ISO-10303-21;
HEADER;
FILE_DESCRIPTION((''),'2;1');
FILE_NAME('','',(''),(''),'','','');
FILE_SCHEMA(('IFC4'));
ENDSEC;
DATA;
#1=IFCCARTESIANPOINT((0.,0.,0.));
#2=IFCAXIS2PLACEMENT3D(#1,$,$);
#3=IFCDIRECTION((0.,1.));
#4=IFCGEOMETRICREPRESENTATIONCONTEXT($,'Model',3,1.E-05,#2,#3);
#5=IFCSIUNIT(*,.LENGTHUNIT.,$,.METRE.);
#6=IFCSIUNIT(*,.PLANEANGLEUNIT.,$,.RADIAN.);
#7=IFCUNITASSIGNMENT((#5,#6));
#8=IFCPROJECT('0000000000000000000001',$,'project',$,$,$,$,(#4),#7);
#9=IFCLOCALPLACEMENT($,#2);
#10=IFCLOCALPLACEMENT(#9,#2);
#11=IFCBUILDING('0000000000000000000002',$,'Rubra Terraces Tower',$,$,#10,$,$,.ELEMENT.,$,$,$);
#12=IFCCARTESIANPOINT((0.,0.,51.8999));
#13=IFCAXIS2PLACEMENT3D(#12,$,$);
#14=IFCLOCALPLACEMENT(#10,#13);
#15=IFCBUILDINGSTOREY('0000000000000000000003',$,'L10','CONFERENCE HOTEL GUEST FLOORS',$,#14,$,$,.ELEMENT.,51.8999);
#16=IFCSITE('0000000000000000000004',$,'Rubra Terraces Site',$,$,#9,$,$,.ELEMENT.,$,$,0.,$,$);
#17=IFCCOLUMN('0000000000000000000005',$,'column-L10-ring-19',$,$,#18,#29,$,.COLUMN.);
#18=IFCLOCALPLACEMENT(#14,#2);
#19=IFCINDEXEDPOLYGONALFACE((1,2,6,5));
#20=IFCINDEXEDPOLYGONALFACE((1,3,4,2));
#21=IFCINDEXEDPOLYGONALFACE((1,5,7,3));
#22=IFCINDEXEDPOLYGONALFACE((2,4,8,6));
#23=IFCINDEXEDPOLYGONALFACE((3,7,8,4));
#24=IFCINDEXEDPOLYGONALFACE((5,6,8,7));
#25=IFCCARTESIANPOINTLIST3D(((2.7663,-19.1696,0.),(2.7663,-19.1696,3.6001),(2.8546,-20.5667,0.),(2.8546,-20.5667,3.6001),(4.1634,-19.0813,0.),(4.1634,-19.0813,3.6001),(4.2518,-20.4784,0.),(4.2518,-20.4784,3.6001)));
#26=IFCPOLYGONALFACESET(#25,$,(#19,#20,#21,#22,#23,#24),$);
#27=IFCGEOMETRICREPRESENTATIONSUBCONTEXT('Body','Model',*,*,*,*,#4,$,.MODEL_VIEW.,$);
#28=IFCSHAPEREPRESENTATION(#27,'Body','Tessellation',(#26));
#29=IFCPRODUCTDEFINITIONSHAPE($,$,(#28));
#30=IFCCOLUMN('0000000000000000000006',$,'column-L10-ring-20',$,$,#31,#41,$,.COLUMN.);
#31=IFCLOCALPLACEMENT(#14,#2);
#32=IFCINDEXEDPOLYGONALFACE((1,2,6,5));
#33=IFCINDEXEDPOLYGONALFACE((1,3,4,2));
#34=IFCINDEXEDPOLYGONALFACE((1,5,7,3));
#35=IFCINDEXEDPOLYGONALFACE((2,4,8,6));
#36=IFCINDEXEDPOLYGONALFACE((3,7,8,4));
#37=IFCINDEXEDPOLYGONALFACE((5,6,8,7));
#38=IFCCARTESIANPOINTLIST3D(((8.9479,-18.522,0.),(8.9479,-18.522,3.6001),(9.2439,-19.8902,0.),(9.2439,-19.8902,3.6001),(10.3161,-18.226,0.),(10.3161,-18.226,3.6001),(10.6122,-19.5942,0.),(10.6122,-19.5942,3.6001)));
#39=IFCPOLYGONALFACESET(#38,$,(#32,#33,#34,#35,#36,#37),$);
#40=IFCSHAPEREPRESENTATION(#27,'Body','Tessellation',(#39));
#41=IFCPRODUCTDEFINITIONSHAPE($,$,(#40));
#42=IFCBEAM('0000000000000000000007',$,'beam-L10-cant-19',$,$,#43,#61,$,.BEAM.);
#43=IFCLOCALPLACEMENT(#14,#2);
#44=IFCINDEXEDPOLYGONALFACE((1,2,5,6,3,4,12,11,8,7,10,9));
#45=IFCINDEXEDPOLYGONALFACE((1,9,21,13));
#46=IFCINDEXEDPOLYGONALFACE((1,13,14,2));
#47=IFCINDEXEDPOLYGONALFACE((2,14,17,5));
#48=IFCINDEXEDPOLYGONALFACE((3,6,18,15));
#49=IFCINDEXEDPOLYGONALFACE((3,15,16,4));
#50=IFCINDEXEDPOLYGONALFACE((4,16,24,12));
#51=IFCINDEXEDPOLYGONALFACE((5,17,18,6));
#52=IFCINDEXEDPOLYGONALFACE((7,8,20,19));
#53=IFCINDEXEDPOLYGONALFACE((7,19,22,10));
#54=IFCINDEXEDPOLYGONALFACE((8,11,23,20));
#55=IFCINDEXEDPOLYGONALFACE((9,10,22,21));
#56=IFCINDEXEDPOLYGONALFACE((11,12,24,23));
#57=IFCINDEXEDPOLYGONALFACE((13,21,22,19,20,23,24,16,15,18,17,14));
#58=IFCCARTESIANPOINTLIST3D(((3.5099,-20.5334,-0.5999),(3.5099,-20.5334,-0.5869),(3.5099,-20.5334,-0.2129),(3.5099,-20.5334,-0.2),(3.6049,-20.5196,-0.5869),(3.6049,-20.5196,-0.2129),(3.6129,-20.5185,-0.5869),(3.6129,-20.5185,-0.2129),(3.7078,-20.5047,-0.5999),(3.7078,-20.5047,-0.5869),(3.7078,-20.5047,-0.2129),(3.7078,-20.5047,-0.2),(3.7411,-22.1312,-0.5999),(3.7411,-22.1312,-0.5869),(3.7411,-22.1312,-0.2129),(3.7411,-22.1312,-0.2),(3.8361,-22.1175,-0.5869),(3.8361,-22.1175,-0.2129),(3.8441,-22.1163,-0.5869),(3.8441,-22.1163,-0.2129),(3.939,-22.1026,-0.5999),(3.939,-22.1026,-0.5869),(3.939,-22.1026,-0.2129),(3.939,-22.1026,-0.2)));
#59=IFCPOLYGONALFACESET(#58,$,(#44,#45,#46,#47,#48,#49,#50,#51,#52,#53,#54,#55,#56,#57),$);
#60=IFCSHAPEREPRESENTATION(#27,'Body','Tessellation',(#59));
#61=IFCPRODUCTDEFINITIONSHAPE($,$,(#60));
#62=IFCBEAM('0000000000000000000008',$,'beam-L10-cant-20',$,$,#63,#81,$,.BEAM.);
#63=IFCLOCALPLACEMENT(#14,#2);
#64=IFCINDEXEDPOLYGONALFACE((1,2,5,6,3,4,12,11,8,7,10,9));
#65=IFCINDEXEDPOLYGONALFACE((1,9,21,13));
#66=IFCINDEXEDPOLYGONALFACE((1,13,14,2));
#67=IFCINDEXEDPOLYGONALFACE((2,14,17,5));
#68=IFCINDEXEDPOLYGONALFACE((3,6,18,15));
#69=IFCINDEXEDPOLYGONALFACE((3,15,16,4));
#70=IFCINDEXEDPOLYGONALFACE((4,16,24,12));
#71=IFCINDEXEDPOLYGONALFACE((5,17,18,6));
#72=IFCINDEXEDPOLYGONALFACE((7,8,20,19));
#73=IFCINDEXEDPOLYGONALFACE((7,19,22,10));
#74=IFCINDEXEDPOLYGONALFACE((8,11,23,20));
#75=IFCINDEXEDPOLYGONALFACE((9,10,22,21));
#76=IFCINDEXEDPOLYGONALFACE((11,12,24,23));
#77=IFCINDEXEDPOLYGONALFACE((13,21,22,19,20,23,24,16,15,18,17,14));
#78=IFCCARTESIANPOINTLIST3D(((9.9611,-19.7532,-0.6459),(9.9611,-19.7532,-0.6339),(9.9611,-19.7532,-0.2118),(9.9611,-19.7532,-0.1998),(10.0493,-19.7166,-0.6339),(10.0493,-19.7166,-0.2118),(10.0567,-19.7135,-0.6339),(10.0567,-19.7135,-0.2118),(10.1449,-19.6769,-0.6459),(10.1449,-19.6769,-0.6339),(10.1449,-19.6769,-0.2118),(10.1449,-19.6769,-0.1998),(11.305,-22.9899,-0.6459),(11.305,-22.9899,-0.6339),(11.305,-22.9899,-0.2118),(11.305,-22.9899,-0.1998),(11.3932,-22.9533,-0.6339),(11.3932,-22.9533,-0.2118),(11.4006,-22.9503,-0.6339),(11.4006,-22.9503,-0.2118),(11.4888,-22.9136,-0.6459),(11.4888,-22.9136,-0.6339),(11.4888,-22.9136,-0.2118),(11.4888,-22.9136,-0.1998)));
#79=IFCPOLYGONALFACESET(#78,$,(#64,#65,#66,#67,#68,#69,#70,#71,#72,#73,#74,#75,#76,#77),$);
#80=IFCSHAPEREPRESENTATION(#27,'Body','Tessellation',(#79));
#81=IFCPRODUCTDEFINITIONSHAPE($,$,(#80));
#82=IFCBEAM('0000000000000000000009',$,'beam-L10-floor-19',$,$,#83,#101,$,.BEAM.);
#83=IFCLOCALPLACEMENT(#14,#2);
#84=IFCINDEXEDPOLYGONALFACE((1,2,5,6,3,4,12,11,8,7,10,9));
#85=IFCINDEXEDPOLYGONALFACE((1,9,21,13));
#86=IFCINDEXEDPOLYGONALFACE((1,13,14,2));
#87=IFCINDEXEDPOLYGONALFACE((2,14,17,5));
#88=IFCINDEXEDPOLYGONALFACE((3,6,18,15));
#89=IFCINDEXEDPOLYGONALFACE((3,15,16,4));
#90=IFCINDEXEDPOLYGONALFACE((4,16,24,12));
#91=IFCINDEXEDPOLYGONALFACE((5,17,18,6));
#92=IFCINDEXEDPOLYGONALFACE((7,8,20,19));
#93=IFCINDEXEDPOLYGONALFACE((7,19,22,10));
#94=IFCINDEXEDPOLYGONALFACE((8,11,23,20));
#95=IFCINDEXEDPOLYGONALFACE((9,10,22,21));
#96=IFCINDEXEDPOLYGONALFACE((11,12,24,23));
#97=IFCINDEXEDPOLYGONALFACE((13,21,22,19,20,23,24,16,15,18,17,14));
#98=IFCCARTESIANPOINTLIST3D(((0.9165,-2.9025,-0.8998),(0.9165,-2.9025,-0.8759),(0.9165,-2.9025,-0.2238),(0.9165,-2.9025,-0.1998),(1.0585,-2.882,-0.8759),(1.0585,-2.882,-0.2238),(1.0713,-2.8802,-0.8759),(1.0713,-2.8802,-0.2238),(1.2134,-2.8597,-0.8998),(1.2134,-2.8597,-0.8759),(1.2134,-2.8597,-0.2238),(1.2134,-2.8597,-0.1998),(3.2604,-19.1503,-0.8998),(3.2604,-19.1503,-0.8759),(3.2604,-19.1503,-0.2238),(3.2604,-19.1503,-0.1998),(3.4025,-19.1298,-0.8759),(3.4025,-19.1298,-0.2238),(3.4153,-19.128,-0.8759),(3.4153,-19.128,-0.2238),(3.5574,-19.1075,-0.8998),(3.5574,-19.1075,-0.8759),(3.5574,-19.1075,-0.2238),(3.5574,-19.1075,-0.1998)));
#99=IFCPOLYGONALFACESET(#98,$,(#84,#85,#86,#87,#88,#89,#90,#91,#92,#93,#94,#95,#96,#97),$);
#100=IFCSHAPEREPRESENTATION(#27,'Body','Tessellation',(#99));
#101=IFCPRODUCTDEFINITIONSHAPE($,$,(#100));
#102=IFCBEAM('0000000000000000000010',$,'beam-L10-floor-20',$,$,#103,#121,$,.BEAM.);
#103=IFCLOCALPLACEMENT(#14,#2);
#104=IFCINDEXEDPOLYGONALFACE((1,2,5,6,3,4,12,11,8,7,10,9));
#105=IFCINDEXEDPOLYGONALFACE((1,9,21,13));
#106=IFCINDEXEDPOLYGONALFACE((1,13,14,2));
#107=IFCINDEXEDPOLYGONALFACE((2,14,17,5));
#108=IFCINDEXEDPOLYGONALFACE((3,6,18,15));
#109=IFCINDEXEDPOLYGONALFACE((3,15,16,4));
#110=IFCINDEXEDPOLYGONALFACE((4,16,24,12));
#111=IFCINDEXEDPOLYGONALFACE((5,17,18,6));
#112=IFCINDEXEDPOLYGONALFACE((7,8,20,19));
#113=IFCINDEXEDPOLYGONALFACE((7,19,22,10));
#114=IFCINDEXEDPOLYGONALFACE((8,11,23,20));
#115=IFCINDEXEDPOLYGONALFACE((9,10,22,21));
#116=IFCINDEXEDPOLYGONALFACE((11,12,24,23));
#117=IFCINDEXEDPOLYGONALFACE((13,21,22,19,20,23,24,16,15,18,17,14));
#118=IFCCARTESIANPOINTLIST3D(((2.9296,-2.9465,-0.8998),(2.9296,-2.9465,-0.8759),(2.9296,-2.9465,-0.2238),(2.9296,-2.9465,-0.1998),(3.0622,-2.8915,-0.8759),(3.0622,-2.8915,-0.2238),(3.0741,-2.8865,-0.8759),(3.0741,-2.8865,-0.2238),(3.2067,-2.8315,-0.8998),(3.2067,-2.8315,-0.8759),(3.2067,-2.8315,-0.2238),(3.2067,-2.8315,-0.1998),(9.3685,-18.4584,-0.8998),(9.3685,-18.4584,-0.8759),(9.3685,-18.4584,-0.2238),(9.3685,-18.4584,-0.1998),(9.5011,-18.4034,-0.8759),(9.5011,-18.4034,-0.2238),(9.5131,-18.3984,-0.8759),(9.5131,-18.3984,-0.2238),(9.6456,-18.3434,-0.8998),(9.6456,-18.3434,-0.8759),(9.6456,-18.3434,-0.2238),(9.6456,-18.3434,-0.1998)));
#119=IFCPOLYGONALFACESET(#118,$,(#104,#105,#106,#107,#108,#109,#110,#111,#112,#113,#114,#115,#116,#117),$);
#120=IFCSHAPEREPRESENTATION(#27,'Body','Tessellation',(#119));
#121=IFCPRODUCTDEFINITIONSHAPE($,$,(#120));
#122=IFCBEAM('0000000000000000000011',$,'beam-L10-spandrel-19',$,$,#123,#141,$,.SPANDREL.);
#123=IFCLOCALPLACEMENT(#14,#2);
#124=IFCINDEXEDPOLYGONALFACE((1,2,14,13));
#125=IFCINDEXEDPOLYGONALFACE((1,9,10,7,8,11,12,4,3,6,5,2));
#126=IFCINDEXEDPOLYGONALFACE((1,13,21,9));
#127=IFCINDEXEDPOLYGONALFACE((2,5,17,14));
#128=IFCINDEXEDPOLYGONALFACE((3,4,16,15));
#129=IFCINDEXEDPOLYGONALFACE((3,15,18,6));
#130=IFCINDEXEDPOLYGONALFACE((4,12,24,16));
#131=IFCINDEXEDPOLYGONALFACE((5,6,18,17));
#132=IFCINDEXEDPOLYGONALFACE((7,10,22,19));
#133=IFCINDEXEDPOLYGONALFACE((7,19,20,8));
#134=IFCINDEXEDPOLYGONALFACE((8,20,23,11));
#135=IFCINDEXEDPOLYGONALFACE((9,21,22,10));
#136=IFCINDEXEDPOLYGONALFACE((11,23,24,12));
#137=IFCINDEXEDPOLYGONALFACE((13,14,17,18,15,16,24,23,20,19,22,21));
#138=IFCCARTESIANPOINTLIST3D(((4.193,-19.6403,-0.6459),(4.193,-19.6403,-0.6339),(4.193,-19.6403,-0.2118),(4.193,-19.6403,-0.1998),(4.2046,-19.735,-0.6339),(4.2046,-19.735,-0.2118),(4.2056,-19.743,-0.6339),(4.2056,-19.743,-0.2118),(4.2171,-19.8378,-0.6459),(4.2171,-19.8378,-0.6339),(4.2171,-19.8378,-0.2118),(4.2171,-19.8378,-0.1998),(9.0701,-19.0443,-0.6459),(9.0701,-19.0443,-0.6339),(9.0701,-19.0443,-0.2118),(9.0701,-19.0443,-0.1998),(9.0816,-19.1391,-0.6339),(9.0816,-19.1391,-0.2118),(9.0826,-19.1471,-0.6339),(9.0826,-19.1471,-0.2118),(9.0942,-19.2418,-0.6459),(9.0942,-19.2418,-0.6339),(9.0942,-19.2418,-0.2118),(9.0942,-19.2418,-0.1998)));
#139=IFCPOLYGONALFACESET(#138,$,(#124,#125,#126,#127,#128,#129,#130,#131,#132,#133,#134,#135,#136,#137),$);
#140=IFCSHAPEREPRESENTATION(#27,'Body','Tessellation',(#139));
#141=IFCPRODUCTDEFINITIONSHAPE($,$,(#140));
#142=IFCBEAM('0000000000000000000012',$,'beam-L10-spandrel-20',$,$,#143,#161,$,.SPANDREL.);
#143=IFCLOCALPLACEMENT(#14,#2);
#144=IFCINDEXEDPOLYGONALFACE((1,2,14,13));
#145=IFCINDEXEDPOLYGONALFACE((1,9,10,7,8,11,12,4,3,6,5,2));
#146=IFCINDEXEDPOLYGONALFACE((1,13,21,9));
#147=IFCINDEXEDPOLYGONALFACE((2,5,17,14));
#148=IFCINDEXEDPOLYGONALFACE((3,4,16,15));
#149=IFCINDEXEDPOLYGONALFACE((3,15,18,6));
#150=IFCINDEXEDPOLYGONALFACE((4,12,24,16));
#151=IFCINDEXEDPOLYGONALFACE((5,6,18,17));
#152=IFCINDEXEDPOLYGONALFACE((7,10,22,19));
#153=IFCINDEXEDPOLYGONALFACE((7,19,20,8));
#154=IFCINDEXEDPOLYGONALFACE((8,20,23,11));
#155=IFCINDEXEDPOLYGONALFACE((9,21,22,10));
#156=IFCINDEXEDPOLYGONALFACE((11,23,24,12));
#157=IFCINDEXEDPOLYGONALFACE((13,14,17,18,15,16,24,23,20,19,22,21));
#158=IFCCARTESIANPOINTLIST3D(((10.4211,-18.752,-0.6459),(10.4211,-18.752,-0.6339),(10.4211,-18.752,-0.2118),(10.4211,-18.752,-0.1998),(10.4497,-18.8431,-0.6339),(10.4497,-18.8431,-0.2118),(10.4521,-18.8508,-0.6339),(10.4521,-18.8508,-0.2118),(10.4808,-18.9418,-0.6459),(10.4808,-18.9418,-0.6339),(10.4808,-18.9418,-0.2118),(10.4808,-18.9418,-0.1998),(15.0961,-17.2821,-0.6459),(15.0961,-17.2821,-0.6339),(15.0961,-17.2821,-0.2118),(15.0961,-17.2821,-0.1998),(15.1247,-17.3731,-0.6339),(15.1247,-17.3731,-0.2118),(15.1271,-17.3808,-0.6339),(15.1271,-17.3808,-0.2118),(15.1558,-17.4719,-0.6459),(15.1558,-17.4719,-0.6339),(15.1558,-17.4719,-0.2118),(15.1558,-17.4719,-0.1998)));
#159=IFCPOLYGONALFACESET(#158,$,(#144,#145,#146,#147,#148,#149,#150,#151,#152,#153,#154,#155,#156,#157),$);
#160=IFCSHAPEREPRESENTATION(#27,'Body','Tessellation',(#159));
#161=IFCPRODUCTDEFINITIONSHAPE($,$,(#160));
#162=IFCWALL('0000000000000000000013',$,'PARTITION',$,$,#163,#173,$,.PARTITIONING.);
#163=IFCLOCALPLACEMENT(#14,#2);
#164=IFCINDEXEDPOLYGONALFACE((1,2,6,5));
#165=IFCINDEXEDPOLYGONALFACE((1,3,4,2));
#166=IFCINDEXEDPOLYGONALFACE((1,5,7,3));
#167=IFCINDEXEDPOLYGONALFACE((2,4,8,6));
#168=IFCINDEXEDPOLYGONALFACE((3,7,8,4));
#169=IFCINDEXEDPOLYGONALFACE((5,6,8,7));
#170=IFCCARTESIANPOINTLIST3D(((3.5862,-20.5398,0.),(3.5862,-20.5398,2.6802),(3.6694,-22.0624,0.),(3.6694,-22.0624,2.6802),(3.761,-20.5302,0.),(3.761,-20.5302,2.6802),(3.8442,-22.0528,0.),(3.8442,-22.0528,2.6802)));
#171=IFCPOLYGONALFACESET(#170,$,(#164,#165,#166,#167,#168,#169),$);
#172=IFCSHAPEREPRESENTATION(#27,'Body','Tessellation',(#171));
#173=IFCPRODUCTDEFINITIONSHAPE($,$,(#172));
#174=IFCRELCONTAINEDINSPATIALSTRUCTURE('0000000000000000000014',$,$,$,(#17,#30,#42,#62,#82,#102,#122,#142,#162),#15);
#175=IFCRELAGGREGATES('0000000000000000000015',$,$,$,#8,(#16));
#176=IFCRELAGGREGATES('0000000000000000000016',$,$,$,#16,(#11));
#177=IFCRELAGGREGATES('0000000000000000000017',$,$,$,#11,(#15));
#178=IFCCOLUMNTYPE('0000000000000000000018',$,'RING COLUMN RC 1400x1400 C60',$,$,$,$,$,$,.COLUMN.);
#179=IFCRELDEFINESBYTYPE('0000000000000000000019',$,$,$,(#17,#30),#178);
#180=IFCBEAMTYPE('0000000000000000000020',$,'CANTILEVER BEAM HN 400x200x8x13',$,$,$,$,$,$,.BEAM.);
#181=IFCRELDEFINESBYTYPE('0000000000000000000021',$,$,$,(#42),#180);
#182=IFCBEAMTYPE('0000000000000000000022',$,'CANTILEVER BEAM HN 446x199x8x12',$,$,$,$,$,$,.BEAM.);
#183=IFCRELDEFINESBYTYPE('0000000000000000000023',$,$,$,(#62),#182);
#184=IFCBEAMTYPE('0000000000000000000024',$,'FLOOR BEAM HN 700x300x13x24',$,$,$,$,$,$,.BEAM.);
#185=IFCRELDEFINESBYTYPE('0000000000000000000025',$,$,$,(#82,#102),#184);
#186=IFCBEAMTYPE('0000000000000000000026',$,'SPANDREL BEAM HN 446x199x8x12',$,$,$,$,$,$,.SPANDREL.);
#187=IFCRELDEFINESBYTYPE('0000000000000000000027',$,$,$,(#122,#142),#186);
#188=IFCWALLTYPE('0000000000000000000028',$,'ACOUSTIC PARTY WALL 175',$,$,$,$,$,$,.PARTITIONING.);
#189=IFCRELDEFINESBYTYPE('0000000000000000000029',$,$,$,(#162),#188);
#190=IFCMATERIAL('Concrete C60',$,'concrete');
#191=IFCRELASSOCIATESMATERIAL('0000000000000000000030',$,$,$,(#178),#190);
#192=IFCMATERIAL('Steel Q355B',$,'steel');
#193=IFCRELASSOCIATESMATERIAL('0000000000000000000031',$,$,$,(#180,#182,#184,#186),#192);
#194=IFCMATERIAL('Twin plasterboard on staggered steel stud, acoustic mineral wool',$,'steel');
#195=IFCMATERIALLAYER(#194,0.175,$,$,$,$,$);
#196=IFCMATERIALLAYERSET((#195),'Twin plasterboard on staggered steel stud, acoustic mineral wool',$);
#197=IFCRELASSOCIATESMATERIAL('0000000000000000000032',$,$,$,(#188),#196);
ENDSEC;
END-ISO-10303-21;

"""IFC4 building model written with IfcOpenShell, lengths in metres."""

from ifc_helpers import new_model, si_unit, direction, frame, frame_2d, origin, origin_2d, place, context, subcontext, project, spatial, rectangle, i_section, extrude, material, layer, layer_set, material_profile, profile_set, type_object, element, save


model = new_model("IFC4")

# Units and contexts
model_context = context("Model", 3, precision=1e-05, world=origin(), true_north=direction((0.0, 1.0)))
body_context = subcontext(model_context, "Body", "Model", "MODEL_VIEW")
ifc_project = project(units=[si_unit("LENGTHUNIT", "METRE"), si_unit("PLANEANGLEUNIT", "RADIAN")], contexts=[model_context])

# Site, building, storey
site_placement = place(None, origin())
site = spatial("IfcSite", under=ifc_project, at=site_placement, Name="Rubra Terraces Site", CompositionType="ELEMENT", RefElevation=0.0)
building_placement = place(site_placement, origin())
building = spatial("IfcBuilding", under=site, at=building_placement, Name="Rubra Terraces Tower", CompositionType="ELEMENT")
storey_placement = place(building_placement, frame((0.0, 0.0, 51.8999)))
storey = spatial("IfcBuildingStorey", under=building, at=storey_placement, Name="L10", Description="CONFERENCE HOTEL GUEST FLOORS", CompositionType="ELEMENT", Elevation=51.8999)

# Columns
ifc_material_1 = material(Name="Concrete C60", Category="concrete")
ifc_material_profile_1 = material_profile(ifc_material_1, rectangle(XDim=1.3999, YDim=1.3999, at=origin_2d()), Name="RC 1400x1400")
ifc_profile_set_1 = profile_set([ifc_material_profile_1], Name="Concrete C60")
column_type = type_object("IfcColumnType", Name="RING COLUMN RC 1400x1400 C60", PredefinedType="COLUMN", material=ifc_profile_set_1)
for number, where, z_axis, x_axis, name in (
    (1, (3.509, -19.824, 0.0), (0.0, 0.0, 1.0), (0.998008, 0.063094, 0.0), "column-L10-ring-19"),
    (2, (9.78, -19.0581, 0.0), (0.0, 0.0, 1.0), (0.977386, 0.211462, 0.0), "column-L10-ring-20"),
):
    element("IfcColumn", number, at=place(storey_placement, frame(where, z_axis=z_axis, x_axis=x_axis)), inside=storey, type_object=column_type, Name=name, PredefinedType="COLUMN", context=body_context, shape_type="SweptSolid", body=[
        extrude(rectangle(XDim=1.3999, YDim=1.3999, at=origin_2d()), origin(), (0.0, 0.0, 1.0), 3.6001),
    ])

# Beams
ifc_material_2 = material(Name="Steel Q355B", Category="steel")
ifc_material_profile_2 = material_profile(ifc_material_2, i_section(OverallWidth=0.2, OverallDepth=0.3999, WebThickness=0.0081, FlangeThickness=0.0129, at=origin_2d()), Name="HN 400x200x8x13")
ifc_profile_set_2 = profile_set([ifc_material_profile_2], Name="Steel Q355B")
beam_type_1 = type_object("IfcBeamType", Name="CANTILEVER BEAM HN 400x200x8x13", PredefinedType="BEAM", material=ifc_profile_set_2)
beam_1_placement = place(storey_placement, frame((3.6089, -20.519, -0.3999), z_axis=(0.143199, -0.989694, 0.0), x_axis=(0.989694, 0.143199, 0.0)))
element("IfcBeam", 3, at=beam_1_placement, inside=storey, type_object=beam_type_1, Name="beam-L10-cant-19", PredefinedType="BEAM", context=body_context, shape_type="SweptSolid", body=[
    extrude(i_section(OverallWidth=0.2, OverallDepth=0.3999, WebThickness=0.0081, FlangeThickness=0.0129, at=origin_2d()), origin(), (0.0, 0.0, 1.0), 1.6145),
])
ifc_material_profile_3 = material_profile(ifc_material_2, i_section(OverallWidth=0.199, OverallDepth=0.446, WebThickness=0.0081, FlangeThickness=0.012, at=origin_2d()), Name="HN 446x199x8x12")
ifc_profile_set_3 = profile_set([ifc_material_profile_3], Name="Steel Q355B")
beam_type_2 = type_object("IfcBeamType", Name="CANTILEVER BEAM HN 446x199x8x12", PredefinedType="BEAM", material=ifc_profile_set_3)
beam_2_placement = place(storey_placement, frame((10.053, -19.7151, -0.4229), z_axis=(0.383477, -0.92355, 0.0), x_axis=(0.92355, 0.383477, 0.0)))
element("IfcBeam", 4, at=beam_2_placement, inside=storey, type_object=beam_type_2, Name="beam-L10-cant-20", PredefinedType="BEAM", context=body_context, shape_type="SweptSolid", body=[
    extrude(i_section(OverallWidth=0.199, OverallDepth=0.446, WebThickness=0.0081, FlangeThickness=0.012, at=origin_2d()), origin(), (0.0, 0.0, 1.0), 3.5046),
])
ifc_material_profile_4 = material_profile(ifc_material_2, i_section(OverallWidth=0.3, OverallDepth=0.7, WebThickness=0.0129, FlangeThickness=0.0239, at=origin_2d()), Name="HN 700x300x13x24")
ifc_profile_set_4 = profile_set([ifc_material_profile_4], Name="Steel Q355B")
beam_type_3 = type_object("IfcBeamType", Name="FLOOR BEAM HN 700x300x13x24", PredefinedType="BEAM", material=ifc_profile_set_4)
beam_3_placement = place(storey_placement, frame((3.4089, -19.1289, -0.5498), z_axis=(-0.142787, 0.989753, 0.0), x_axis=(-0.989753, -0.142787, 0.0)))
element("IfcBeam", 5, at=beam_3_placement, inside=storey, type_object=beam_type_3, Name="beam-L10-floor-19", PredefinedType="BEAM", context=body_context, shape_type="SweptSolid", body=[
    extrude(i_section(OverallWidth=0.3, OverallDepth=0.7, WebThickness=0.0129, FlangeThickness=0.0239, at=origin_2d()), origin(), (0.0, 0.0, 1.0), 16.416),
])
beam_4_placement = place(storey_placement, frame((9.5071, -18.4009, -0.5498), z_axis=(-0.38338, 0.923591, 0.0), x_axis=(-0.923591, -0.38338, 0.0)))
element("IfcBeam", 6, at=beam_4_placement, inside=storey, type_object=beam_type_3, Name="beam-L10-floor-20", PredefinedType="BEAM", context=body_context, shape_type="SweptSolid", body=[
    extrude(i_section(OverallWidth=0.3, OverallDepth=0.7, WebThickness=0.0129, FlangeThickness=0.0239, at=origin_2d()), origin(), (0.0, 0.0, 1.0), 16.7952),
])
ifc_material_profile_5 = material_profile(ifc_material_2, i_section(OverallWidth=0.199, OverallDepth=0.446, WebThickness=0.0081, FlangeThickness=0.012, at=origin_2d()), Name="HN 446x199x8x12")
ifc_profile_set_5 = profile_set([ifc_material_profile_5], Name="Steel Q355B")
beam_type_4 = type_object("IfcBeamType", Name="SPANDREL BEAM HN 446x199x8x12", PredefinedType="SPANDREL", material=ifc_profile_set_5)
beam_5_placement = place(storey_placement, frame((4.2051, -19.739, -0.4229), z_axis=(0.992617, 0.121294, 0.0), x_axis=(-0.121294, 0.992617, 0.0)))
element("IfcBeam", 7, at=beam_5_placement, inside=storey, type_object=beam_type_4, Name="beam-L10-spandrel-19", PredefinedType="SPANDREL", context=body_context, shape_type="SweptSolid", body=[
    extrude(i_section(OverallWidth=0.199, OverallDepth=0.446, WebThickness=0.0081, FlangeThickness=0.012, at=origin_2d()), origin(), (0.0, 0.0, 1.0), 4.9133),
])
beam_6_placement = place(storey_placement, frame((10.4509, -18.8469, -0.4229), z_axis=(0.953955, 0.299951, 0.0), x_axis=(-0.299951, 0.953955, 0.0)))
element("IfcBeam", 8, at=beam_6_placement, inside=storey, type_object=beam_type_4, Name="beam-L10-spandrel-20", PredefinedType="SPANDREL", context=body_context, shape_type="SweptSolid", body=[
    extrude(i_section(OverallWidth=0.199, OverallDepth=0.446, WebThickness=0.0081, FlangeThickness=0.012, at=origin_2d()), origin(), (0.0, 0.0, 1.0), 4.9006),
])

# Wall
ifc_material_3 = material(Name="Twin plasterboard on staggered steel stud, acoustic mineral wool", Category="steel")
ifc_layer_1 = layer(ifc_material_3, 0.175)
ifc_layer_set_1 = layer_set([ifc_layer_1], Name="Twin plasterboard on staggered steel stud, acoustic mineral wool")
wall_type_1 = type_object("IfcWallType", Name="ACOUSTIC PARTY WALL 175", PredefinedType="PARTITIONING", material=ifc_layer_set_1)
wall_1_placement = place(storey_placement, frame((3.7568, -22.0576, 0.0), z_axis=(0.0, 0.0, 1.0), x_axis=(-0.054592, 0.998509, 0.0)))
element("IfcWall", 9, at=wall_1_placement, inside=storey, type_object=wall_type_1, Name="PARTITION", PredefinedType="PARTITIONING", context=body_context, shape_type="SweptSolid", body=[
    extrude(rectangle(XDim=1.5249, YDim=0.175, at=frame_2d((0.7625, 0.0))), origin(), (0.0, 0.0, 1.0), 2.6802),
])

save(model, "model.ifc")
